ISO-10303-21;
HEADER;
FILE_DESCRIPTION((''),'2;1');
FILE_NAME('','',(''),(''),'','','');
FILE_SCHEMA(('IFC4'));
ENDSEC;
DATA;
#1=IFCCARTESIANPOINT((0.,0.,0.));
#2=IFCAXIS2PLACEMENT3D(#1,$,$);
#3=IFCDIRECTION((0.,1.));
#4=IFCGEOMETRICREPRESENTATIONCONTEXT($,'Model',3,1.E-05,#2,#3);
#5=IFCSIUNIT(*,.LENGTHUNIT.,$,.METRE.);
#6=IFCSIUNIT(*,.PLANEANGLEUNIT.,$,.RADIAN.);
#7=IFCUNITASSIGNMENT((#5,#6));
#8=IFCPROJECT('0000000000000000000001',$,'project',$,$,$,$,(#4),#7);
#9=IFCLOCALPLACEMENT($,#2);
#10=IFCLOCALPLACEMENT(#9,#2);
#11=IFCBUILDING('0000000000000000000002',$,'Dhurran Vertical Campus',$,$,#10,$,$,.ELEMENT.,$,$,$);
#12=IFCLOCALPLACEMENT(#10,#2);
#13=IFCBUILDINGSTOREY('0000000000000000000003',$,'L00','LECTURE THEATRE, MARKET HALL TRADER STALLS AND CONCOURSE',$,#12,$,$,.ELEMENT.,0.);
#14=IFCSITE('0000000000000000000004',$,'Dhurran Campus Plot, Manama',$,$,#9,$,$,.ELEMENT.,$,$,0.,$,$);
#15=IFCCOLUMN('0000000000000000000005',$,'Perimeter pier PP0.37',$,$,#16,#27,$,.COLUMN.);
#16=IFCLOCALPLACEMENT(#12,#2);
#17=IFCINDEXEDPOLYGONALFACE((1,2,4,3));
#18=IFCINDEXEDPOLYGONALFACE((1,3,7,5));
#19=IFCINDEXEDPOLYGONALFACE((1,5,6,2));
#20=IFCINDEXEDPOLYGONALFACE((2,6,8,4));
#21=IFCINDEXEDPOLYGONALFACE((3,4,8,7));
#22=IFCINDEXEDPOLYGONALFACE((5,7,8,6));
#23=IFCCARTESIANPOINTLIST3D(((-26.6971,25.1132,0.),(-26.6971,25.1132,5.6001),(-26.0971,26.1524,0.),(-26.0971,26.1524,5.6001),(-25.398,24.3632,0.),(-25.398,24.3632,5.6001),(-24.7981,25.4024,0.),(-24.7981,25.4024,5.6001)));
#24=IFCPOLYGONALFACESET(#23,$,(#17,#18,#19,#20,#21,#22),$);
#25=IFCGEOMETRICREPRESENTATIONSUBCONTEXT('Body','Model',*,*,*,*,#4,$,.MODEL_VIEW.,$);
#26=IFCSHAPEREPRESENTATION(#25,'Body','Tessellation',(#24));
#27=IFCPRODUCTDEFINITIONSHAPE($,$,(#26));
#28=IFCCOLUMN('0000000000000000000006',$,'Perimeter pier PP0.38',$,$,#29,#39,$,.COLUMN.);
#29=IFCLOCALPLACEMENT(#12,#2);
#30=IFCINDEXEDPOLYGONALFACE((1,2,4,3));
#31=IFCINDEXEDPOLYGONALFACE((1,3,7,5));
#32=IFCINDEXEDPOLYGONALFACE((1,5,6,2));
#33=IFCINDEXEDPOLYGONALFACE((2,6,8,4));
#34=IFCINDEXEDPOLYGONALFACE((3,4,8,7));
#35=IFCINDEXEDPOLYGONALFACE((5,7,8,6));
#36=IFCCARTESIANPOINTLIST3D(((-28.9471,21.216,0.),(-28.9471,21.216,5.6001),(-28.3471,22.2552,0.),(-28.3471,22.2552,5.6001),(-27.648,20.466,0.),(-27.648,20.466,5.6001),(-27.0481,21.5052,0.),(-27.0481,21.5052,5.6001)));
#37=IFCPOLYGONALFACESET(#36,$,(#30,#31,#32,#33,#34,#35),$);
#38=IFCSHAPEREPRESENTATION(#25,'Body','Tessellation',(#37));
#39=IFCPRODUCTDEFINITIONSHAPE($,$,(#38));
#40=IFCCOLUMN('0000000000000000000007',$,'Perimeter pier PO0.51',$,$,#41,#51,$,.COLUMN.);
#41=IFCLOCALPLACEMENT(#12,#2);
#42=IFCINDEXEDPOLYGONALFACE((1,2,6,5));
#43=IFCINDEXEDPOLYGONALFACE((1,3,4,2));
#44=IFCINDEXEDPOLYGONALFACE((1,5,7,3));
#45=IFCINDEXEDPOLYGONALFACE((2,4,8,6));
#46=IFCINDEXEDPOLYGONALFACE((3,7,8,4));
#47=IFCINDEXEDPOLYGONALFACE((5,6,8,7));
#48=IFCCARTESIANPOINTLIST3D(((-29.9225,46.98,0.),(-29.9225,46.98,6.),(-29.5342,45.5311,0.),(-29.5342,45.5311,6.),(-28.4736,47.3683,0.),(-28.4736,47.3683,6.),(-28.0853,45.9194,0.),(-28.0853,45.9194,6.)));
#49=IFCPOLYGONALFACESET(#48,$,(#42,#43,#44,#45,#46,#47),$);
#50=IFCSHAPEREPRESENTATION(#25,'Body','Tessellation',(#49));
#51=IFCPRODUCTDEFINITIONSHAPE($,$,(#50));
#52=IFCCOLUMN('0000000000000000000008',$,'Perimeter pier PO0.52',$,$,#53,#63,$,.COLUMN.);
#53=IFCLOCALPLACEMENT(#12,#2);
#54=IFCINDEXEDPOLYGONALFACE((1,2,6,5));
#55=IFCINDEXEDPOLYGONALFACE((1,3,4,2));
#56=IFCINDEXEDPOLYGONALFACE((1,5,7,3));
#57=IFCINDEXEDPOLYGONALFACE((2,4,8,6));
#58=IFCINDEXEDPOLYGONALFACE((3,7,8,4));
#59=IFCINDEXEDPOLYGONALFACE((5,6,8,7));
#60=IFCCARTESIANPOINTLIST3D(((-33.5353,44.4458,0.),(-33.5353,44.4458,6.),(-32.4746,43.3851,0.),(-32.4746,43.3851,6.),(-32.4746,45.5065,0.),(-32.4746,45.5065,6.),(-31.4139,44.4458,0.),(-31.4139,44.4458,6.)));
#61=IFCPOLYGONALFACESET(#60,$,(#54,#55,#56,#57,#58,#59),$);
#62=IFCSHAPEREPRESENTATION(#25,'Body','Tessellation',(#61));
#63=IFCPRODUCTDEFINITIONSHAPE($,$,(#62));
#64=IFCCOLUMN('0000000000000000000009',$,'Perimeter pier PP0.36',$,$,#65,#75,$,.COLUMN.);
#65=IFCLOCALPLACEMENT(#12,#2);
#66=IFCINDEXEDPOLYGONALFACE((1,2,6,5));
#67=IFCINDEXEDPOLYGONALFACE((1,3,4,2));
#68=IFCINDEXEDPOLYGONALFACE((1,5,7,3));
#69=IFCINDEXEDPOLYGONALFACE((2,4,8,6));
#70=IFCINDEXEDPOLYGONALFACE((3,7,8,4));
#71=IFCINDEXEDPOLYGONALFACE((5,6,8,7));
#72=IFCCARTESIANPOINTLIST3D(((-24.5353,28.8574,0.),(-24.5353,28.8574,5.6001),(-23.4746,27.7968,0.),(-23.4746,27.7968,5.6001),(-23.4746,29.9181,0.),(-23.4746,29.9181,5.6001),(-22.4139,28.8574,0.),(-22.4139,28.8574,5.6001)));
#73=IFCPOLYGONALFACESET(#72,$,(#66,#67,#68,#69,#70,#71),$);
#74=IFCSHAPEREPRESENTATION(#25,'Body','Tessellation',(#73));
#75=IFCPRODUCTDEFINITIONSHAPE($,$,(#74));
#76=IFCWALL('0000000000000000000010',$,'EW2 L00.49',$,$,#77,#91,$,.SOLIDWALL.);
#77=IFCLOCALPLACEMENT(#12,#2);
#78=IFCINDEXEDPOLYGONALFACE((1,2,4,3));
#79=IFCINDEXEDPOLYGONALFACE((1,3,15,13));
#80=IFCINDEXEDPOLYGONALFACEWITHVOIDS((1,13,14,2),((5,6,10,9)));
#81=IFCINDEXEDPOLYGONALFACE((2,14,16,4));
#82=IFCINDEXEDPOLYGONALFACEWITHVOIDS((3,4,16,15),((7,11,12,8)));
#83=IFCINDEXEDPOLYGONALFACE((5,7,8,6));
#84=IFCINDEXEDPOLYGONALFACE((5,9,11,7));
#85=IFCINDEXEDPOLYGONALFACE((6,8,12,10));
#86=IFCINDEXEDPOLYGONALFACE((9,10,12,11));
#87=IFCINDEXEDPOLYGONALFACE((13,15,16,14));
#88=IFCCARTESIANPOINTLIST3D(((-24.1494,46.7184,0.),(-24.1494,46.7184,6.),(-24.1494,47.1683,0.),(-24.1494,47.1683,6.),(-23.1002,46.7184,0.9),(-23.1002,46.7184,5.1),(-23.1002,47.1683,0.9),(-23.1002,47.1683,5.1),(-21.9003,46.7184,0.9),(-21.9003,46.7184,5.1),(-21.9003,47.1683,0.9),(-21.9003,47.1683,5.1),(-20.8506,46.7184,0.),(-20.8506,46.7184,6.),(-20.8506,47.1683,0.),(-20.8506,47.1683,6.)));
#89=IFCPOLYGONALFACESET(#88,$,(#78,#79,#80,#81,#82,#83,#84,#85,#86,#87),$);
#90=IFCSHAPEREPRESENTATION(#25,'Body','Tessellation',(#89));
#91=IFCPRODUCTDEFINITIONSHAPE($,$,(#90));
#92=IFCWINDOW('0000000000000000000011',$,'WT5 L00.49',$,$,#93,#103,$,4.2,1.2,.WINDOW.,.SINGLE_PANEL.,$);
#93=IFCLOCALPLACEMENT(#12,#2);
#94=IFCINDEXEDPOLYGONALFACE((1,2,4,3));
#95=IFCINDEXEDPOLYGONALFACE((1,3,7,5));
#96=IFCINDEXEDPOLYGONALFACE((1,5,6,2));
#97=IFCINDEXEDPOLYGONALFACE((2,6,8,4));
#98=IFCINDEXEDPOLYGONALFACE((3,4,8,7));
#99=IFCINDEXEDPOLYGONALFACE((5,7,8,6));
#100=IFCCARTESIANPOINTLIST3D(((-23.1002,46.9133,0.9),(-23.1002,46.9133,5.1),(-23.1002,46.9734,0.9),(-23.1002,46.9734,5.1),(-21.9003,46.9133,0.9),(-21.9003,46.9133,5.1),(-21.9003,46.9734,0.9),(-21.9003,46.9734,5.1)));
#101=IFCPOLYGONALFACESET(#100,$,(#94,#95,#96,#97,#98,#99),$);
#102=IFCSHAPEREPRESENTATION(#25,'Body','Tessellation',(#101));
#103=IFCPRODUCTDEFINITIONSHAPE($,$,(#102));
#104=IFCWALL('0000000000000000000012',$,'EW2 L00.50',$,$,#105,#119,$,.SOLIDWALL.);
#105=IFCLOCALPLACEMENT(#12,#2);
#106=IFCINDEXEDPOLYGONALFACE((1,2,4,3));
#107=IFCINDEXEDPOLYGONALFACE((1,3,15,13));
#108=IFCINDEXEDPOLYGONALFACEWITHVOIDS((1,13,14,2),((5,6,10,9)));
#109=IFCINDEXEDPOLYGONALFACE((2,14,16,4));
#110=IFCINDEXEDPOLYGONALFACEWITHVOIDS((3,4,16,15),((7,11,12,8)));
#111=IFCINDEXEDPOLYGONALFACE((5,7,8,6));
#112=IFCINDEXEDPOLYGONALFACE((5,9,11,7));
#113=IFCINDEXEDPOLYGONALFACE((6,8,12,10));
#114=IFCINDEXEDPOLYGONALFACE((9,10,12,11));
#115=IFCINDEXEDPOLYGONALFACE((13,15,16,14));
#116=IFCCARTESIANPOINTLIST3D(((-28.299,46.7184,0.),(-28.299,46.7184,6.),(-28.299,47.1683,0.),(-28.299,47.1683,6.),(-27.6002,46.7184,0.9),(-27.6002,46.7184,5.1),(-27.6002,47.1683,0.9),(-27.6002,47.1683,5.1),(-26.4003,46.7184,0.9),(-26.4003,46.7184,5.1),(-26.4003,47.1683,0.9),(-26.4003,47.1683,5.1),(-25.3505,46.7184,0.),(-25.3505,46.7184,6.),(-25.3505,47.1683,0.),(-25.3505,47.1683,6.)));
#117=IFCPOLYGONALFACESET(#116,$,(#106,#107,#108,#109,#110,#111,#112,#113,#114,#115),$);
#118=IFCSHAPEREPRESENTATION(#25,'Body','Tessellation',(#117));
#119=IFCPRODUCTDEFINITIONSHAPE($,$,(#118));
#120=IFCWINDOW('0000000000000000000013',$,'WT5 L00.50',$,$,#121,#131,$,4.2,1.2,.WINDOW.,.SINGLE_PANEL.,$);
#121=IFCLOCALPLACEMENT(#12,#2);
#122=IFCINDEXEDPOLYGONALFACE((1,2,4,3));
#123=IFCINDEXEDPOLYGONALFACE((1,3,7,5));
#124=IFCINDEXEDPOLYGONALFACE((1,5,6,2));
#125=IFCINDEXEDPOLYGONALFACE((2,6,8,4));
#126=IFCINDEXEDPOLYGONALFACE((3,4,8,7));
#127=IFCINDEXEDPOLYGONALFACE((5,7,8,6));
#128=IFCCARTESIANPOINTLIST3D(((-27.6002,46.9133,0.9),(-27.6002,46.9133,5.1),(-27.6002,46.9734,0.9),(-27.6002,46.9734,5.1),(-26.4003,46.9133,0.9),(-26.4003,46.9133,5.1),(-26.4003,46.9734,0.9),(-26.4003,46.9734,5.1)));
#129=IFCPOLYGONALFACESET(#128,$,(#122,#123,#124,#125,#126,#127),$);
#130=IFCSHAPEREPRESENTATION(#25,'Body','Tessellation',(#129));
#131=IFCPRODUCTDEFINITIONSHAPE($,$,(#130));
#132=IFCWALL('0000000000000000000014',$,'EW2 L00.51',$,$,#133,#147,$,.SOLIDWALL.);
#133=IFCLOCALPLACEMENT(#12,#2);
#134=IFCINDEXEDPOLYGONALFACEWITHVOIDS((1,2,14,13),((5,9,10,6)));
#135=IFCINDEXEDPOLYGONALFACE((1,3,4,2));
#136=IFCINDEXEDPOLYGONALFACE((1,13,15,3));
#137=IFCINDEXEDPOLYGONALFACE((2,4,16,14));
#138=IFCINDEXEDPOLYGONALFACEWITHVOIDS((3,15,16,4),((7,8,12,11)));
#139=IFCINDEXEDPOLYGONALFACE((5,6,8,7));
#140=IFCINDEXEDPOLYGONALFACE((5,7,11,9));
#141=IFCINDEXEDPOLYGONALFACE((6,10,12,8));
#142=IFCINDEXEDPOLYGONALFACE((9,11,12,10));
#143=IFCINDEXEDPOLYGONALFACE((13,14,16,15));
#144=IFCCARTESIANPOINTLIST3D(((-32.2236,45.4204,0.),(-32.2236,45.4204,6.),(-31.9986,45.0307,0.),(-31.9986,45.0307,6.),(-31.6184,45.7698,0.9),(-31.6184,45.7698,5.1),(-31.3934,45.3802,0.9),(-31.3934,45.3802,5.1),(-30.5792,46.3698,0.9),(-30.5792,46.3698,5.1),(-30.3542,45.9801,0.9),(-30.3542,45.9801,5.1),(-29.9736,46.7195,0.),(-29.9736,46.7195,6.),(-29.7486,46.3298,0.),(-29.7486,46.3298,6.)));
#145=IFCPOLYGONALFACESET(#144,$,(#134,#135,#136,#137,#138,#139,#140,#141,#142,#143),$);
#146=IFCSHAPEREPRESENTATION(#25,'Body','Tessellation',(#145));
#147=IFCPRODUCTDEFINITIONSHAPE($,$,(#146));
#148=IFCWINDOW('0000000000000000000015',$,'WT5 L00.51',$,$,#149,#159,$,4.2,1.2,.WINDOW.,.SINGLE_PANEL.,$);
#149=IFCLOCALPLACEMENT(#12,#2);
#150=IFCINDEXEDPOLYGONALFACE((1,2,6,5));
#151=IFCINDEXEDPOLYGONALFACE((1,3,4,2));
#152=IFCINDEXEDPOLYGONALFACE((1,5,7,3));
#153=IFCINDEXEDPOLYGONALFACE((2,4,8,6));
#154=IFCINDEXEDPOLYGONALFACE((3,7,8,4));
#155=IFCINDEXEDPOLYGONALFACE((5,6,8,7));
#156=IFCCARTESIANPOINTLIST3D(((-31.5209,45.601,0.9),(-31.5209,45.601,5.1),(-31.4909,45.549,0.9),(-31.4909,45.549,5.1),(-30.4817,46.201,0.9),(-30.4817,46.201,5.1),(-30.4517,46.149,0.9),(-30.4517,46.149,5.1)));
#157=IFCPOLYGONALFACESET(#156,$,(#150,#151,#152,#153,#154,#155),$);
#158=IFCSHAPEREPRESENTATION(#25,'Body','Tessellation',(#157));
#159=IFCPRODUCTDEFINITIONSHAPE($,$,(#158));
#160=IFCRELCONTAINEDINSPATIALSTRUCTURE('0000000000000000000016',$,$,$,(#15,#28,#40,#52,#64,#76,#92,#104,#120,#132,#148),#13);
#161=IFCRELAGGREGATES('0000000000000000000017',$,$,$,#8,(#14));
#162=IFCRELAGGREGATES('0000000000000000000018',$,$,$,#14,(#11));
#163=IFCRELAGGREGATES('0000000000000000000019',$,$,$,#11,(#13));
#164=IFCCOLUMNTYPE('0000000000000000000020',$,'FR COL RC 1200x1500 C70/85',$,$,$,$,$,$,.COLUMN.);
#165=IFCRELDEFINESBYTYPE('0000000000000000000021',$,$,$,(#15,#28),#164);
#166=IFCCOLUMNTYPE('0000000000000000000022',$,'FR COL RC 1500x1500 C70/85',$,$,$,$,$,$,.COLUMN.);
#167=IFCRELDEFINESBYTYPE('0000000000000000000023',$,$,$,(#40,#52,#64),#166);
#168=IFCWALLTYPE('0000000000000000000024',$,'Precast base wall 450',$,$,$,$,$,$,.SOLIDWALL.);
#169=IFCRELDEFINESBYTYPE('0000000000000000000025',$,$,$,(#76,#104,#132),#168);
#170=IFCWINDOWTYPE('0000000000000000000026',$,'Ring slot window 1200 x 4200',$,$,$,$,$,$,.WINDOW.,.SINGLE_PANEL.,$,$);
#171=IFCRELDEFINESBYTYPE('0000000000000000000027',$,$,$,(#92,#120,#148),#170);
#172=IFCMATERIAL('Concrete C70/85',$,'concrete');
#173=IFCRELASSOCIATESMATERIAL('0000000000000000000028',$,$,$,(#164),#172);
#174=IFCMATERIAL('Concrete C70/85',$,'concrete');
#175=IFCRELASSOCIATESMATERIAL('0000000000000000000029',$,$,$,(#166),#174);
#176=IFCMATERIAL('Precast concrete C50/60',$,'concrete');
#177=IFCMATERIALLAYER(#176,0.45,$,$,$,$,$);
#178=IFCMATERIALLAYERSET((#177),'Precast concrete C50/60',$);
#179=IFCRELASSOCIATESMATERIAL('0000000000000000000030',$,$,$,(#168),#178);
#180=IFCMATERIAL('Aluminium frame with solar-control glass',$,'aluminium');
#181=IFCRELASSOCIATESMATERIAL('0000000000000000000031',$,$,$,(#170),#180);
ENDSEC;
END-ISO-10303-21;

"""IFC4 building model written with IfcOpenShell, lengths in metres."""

from ifc_helpers import new_model, si_unit, direction, frame, frame_2d, origin, origin_2d, place, context, subcontext, project, spatial, rectangle, extrude, material, layer, layer_set, material_profile, profile_set, type_object, element, fill, save


model = new_model("IFC4")

# Units and contexts
model_context = context("Model", 3, precision=1e-05, world=origin(), true_north=direction((0.0, 1.0)))
body_context = subcontext(model_context, "Body", "Model", "MODEL_VIEW")
ifc_project = project(units=[si_unit("LENGTHUNIT", "METRE"), si_unit("PLANEANGLEUNIT", "RADIAN")], contexts=[model_context])

# Site, building, storey
site_placement = place(None, origin())
site = spatial("IfcSite", under=ifc_project, at=site_placement, Name="Dhurran Campus Plot, Manama", CompositionType="ELEMENT", RefElevation=0.0)
building_placement = place(site_placement, origin())
building = spatial("IfcBuilding", under=site, at=building_placement, Name="Dhurran Vertical Campus", CompositionType="ELEMENT")
storey_placement = place(building_placement, origin())
storey = spatial("IfcBuildingStorey", under=building, at=storey_placement, Name="L00", Description="LECTURE THEATRE, MARKET HALL TRADER STALLS AND CONCOURSE", CompositionType="ELEMENT", Elevation=0.0)

# Columns
ifc_material_1 = material(Name="Concrete C70/85", Category="concrete")
ifc_material_profile_1 = material_profile(ifc_material_1, rectangle(XDim=1.2, YDim=1.5, at=origin_2d()), Name="RC 1200x1500")
ifc_profile_set_1 = profile_set([ifc_material_profile_1], Name="Concrete C70/85")
column_type_1 = type_object("IfcColumnType", Name="FR COL RC 1200x1500 C70/85", PredefinedType="COLUMN", material=ifc_profile_set_1)
for number, where, z_axis, x_axis, name in (
    (1, (-25.7476, 25.2578, 0.0), (0.0, 0.0, 1.0), (-0.5, -0.866025, 0.0), "Perimeter pier PP0.37"),
    (2, (-27.9976, 21.3606, 0.0), (0.0, 0.0, 1.0), (-0.5, -0.866025, 0.0), "Perimeter pier PP0.38"),
):
    element("IfcColumn", number, at=place(storey_placement, frame(where, z_axis=z_axis, x_axis=x_axis)), inside=storey, type_object=column_type_1, Name=name, PredefinedType="COLUMN", context=body_context, shape_type="SweptSolid", body=[
        extrude(rectangle(XDim=1.2, YDim=1.5, at=origin_2d()), origin(), (0.0, 0.0, 1.0), 5.6001),
    ])
ifc_material_2 = material(Name="Concrete C70/85", Category="concrete")
ifc_material_profile_2 = material_profile(ifc_material_2, rectangle(XDim=1.5, YDim=1.5, at=origin_2d()), Name="RC 1500x1500")
ifc_profile_set_2 = profile_set([ifc_material_profile_2], Name="Concrete C70/85")
column_type_2 = type_object("IfcColumnType", Name="FR COL RC 1500x1500 C70/85", PredefinedType="COLUMN", material=ifc_profile_set_2)
for number, where, z_axis, x_axis, name in (
    (3, (-29.0039, 46.4497, 0.0), (0.0, 0.0, 1.0), (-0.965926, -0.258819, 0.0), "Perimeter pier PO0.51"),
    (4, (-32.4746, 44.4458, 0.0), (0.0, 0.0, 1.0), (-0.707107, -0.707107, 0.0), "Perimeter pier PO0.52"),
):
    element("IfcColumn", number, at=place(storey_placement, frame(where, z_axis=z_axis, x_axis=x_axis)), inside=storey, type_object=column_type_2, Name=name, PredefinedType="COLUMN", context=body_context, shape_type="SweptSolid", body=[
        extrude(rectangle(XDim=1.5, YDim=1.5, at=origin_2d()), origin(), (0.0, 0.0, 1.0), 6.0),
    ])
column_placement = place(storey_placement, frame((-23.4746, 28.8574, 0.0), z_axis=(0.0, 0.0, 1.0), x_axis=(-0.707107, -0.707107, 0.0)))
element("IfcColumn", 5, at=column_placement, inside=storey, type_object=column_type_2, Name="Perimeter pier PP0.36", PredefinedType="COLUMN", context=body_context, shape_type="SweptSolid", body=[
    extrude(rectangle(XDim=1.5, YDim=1.5, at=origin_2d()), origin(), (0.0, 0.0, 1.0), 5.6001),
])

# Walls, openings, windows
ifc_material_3 = material(Name="Precast concrete C50/60", Category="concrete")
ifc_layer_1 = layer(ifc_material_3, 0.45)
ifc_layer_set_1 = layer_set([ifc_layer_1], Name="Precast concrete C50/60")
wall_type_1 = type_object("IfcWallType", Name="Precast base wall 450", PredefinedType="SOLIDWALL", material=ifc_layer_set_1)
wall_1_placement = place(storey_placement, frame((-20.8506, 46.9434, 0.0), z_axis=(0.0, 0.0, 1.0), x_axis=(-1.0, 0.0, 0.0)))
wall_1 = element("IfcWall", 6, at=wall_1_placement, inside=storey, type_object=wall_type_1, Name="EW2 L00.49", PredefinedType="SOLIDWALL", context=body_context, shape_type="SweptSolid", body=[
    extrude(rectangle(XDim=3.2988, YDim=0.45, at=frame_2d((1.6494, 0.0))), origin(), (0.0, 0.0, 1.0), 6.0),
])
opening_1_placement = place(wall_1_placement, frame((1.0496, 0.0, 0.8999)))
opening_1 = element("IfcOpeningElement", 7, at=opening_1_placement, cuts=wall_1, PredefinedType="OPENING", context=body_context, shape_type="SweptSolid", body=[
    extrude(rectangle(XDim=1.2, YDim=4.2, at=frame_2d((0.6001, 2.1001))), frame((0.0, 0.2349, 0.0), z_axis=(0.0, -1.0, 0.0), x_axis=(1.0, 0.0, 0.0)), (0.0, 0.0, 1.0), 0.47),
])
ifc_material_4 = material(Name="Aluminium frame with solar-control glass", Category="aluminium")
window_type = type_object("IfcWindowType", Name="Ring slot window 1200 x 4200", PartitioningType="SINGLE_PANEL", PredefinedType="WINDOW", material=ifc_material_4)
window_1_placement = place(opening_1_placement, origin())
window_1 = element("IfcWindow", 8, at=window_1_placement, inside=storey, type_object=window_type, Name="WT5 L00.49", OverallHeight=4.2, OverallWidth=1.2, PartitioningType="SINGLE_PANEL", PredefinedType="WINDOW", context=body_context, shape_type="SweptSolid", body=[
    extrude(rectangle(XDim=1.2, YDim=4.2, at=frame_2d((0.6001, 2.1001))), frame((0.0, 0.03, 0.0), z_axis=(0.0, -1.0, 0.0), x_axis=(1.0, 0.0, 0.0)), (0.0, 0.0, 1.0), 0.0601),
])
fill(opening_1, window_1)
wall_2_placement = place(storey_placement, frame((-25.3506, 46.9434, 0.0), z_axis=(0.0, 0.0, 1.0), x_axis=(-1.0, 0.0, 0.0)))
wall_2 = element("IfcWall", 9, at=wall_2_placement, inside=storey, type_object=wall_type_1, Name="EW2 L00.50", PredefinedType="SOLIDWALL", context=body_context, shape_type="SweptSolid", body=[
    extrude(rectangle(XDim=2.9485, YDim=0.45, at=frame_2d((1.4741, 0.0))), origin(), (0.0, 0.0, 1.0), 6.0),
])
opening_2_placement = place(wall_2_placement, frame((1.0496, 0.0, 0.8999)))
opening_2 = element("IfcOpeningElement", 10, at=opening_2_placement, cuts=wall_2, PredefinedType="OPENING", context=body_context, shape_type="SweptSolid", body=[
    extrude(rectangle(XDim=1.2, YDim=4.2, at=frame_2d((0.6001, 2.1001))), frame((0.0, 0.2349, 0.0), z_axis=(0.0, -1.0, 0.0), x_axis=(1.0, 0.0, 0.0)), (0.0, 0.0, 1.0), 0.47),
])
window_2_placement = place(opening_2_placement, origin())
window_2 = element("IfcWindow", 11, at=window_2_placement, inside=storey, type_object=window_type, Name="WT5 L00.50", OverallHeight=4.2, OverallWidth=1.2, PartitioningType="SINGLE_PANEL", PredefinedType="WINDOW", context=body_context, shape_type="SweptSolid", body=[
    extrude(rectangle(XDim=1.2, YDim=4.2, at=frame_2d((0.6001, 2.1001))), frame((0.0, 0.03, 0.0), z_axis=(0.0, -1.0, 0.0), x_axis=(1.0, 0.0, 0.0)), (0.0, 0.0, 1.0), 0.0601),
])
fill(opening_2, window_2)
wall_3_placement = place(storey_placement, frame((-29.8611, 46.5247, 0.0), z_axis=(0.0, 0.0, 1.0), x_axis=(-0.86602, -0.50001, 0.0)))
wall_3 = element("IfcWall", 12, at=wall_3_placement, inside=storey, type_object=wall_type_1, Name="EW2 L00.51", PredefinedType="SOLIDWALL", context=body_context, shape_type="SweptSolid", body=[
    extrude(rectangle(XDim=2.5981, YDim=0.45, at=frame_2d((1.2991, 0.0))), origin(), (0.0, 0.0, 1.0), 6.0),
])
opening_3_placement = place(wall_3_placement, frame((0.6992, 0.0, 0.8999)))
opening_3 = element("IfcOpeningElement", 13, at=opening_3_placement, cuts=wall_3, PredefinedType="OPENING", context=body_context, shape_type="SweptSolid", body=[
    extrude(rectangle(XDim=1.2, YDim=4.2, at=frame_2d((0.6001, 2.1001))), frame((0.0, 0.2349, 0.0), z_axis=(0.0, -1.0, 0.0), x_axis=(1.0, 0.0, 0.0)), (0.0, 0.0, 1.0), 0.47),
])
window_3_placement = place(opening_3_placement, origin())
window_3 = element("IfcWindow", 14, at=window_3_placement, inside=storey, type_object=window_type, Name="WT5 L00.51", OverallHeight=4.2, OverallWidth=1.2, PartitioningType="SINGLE_PANEL", PredefinedType="WINDOW", context=body_context, shape_type="SweptSolid", body=[
    extrude(rectangle(XDim=1.2, YDim=4.2, at=frame_2d((0.6001, 2.1001))), frame((0.0, 0.03, 0.0), z_axis=(0.0, -1.0, 0.0), x_axis=(1.0, 0.0, 0.0)), (0.0, 0.0, 1.0), 0.0601),
])
fill(opening_3, window_3)

save(model, "model.ifc")
